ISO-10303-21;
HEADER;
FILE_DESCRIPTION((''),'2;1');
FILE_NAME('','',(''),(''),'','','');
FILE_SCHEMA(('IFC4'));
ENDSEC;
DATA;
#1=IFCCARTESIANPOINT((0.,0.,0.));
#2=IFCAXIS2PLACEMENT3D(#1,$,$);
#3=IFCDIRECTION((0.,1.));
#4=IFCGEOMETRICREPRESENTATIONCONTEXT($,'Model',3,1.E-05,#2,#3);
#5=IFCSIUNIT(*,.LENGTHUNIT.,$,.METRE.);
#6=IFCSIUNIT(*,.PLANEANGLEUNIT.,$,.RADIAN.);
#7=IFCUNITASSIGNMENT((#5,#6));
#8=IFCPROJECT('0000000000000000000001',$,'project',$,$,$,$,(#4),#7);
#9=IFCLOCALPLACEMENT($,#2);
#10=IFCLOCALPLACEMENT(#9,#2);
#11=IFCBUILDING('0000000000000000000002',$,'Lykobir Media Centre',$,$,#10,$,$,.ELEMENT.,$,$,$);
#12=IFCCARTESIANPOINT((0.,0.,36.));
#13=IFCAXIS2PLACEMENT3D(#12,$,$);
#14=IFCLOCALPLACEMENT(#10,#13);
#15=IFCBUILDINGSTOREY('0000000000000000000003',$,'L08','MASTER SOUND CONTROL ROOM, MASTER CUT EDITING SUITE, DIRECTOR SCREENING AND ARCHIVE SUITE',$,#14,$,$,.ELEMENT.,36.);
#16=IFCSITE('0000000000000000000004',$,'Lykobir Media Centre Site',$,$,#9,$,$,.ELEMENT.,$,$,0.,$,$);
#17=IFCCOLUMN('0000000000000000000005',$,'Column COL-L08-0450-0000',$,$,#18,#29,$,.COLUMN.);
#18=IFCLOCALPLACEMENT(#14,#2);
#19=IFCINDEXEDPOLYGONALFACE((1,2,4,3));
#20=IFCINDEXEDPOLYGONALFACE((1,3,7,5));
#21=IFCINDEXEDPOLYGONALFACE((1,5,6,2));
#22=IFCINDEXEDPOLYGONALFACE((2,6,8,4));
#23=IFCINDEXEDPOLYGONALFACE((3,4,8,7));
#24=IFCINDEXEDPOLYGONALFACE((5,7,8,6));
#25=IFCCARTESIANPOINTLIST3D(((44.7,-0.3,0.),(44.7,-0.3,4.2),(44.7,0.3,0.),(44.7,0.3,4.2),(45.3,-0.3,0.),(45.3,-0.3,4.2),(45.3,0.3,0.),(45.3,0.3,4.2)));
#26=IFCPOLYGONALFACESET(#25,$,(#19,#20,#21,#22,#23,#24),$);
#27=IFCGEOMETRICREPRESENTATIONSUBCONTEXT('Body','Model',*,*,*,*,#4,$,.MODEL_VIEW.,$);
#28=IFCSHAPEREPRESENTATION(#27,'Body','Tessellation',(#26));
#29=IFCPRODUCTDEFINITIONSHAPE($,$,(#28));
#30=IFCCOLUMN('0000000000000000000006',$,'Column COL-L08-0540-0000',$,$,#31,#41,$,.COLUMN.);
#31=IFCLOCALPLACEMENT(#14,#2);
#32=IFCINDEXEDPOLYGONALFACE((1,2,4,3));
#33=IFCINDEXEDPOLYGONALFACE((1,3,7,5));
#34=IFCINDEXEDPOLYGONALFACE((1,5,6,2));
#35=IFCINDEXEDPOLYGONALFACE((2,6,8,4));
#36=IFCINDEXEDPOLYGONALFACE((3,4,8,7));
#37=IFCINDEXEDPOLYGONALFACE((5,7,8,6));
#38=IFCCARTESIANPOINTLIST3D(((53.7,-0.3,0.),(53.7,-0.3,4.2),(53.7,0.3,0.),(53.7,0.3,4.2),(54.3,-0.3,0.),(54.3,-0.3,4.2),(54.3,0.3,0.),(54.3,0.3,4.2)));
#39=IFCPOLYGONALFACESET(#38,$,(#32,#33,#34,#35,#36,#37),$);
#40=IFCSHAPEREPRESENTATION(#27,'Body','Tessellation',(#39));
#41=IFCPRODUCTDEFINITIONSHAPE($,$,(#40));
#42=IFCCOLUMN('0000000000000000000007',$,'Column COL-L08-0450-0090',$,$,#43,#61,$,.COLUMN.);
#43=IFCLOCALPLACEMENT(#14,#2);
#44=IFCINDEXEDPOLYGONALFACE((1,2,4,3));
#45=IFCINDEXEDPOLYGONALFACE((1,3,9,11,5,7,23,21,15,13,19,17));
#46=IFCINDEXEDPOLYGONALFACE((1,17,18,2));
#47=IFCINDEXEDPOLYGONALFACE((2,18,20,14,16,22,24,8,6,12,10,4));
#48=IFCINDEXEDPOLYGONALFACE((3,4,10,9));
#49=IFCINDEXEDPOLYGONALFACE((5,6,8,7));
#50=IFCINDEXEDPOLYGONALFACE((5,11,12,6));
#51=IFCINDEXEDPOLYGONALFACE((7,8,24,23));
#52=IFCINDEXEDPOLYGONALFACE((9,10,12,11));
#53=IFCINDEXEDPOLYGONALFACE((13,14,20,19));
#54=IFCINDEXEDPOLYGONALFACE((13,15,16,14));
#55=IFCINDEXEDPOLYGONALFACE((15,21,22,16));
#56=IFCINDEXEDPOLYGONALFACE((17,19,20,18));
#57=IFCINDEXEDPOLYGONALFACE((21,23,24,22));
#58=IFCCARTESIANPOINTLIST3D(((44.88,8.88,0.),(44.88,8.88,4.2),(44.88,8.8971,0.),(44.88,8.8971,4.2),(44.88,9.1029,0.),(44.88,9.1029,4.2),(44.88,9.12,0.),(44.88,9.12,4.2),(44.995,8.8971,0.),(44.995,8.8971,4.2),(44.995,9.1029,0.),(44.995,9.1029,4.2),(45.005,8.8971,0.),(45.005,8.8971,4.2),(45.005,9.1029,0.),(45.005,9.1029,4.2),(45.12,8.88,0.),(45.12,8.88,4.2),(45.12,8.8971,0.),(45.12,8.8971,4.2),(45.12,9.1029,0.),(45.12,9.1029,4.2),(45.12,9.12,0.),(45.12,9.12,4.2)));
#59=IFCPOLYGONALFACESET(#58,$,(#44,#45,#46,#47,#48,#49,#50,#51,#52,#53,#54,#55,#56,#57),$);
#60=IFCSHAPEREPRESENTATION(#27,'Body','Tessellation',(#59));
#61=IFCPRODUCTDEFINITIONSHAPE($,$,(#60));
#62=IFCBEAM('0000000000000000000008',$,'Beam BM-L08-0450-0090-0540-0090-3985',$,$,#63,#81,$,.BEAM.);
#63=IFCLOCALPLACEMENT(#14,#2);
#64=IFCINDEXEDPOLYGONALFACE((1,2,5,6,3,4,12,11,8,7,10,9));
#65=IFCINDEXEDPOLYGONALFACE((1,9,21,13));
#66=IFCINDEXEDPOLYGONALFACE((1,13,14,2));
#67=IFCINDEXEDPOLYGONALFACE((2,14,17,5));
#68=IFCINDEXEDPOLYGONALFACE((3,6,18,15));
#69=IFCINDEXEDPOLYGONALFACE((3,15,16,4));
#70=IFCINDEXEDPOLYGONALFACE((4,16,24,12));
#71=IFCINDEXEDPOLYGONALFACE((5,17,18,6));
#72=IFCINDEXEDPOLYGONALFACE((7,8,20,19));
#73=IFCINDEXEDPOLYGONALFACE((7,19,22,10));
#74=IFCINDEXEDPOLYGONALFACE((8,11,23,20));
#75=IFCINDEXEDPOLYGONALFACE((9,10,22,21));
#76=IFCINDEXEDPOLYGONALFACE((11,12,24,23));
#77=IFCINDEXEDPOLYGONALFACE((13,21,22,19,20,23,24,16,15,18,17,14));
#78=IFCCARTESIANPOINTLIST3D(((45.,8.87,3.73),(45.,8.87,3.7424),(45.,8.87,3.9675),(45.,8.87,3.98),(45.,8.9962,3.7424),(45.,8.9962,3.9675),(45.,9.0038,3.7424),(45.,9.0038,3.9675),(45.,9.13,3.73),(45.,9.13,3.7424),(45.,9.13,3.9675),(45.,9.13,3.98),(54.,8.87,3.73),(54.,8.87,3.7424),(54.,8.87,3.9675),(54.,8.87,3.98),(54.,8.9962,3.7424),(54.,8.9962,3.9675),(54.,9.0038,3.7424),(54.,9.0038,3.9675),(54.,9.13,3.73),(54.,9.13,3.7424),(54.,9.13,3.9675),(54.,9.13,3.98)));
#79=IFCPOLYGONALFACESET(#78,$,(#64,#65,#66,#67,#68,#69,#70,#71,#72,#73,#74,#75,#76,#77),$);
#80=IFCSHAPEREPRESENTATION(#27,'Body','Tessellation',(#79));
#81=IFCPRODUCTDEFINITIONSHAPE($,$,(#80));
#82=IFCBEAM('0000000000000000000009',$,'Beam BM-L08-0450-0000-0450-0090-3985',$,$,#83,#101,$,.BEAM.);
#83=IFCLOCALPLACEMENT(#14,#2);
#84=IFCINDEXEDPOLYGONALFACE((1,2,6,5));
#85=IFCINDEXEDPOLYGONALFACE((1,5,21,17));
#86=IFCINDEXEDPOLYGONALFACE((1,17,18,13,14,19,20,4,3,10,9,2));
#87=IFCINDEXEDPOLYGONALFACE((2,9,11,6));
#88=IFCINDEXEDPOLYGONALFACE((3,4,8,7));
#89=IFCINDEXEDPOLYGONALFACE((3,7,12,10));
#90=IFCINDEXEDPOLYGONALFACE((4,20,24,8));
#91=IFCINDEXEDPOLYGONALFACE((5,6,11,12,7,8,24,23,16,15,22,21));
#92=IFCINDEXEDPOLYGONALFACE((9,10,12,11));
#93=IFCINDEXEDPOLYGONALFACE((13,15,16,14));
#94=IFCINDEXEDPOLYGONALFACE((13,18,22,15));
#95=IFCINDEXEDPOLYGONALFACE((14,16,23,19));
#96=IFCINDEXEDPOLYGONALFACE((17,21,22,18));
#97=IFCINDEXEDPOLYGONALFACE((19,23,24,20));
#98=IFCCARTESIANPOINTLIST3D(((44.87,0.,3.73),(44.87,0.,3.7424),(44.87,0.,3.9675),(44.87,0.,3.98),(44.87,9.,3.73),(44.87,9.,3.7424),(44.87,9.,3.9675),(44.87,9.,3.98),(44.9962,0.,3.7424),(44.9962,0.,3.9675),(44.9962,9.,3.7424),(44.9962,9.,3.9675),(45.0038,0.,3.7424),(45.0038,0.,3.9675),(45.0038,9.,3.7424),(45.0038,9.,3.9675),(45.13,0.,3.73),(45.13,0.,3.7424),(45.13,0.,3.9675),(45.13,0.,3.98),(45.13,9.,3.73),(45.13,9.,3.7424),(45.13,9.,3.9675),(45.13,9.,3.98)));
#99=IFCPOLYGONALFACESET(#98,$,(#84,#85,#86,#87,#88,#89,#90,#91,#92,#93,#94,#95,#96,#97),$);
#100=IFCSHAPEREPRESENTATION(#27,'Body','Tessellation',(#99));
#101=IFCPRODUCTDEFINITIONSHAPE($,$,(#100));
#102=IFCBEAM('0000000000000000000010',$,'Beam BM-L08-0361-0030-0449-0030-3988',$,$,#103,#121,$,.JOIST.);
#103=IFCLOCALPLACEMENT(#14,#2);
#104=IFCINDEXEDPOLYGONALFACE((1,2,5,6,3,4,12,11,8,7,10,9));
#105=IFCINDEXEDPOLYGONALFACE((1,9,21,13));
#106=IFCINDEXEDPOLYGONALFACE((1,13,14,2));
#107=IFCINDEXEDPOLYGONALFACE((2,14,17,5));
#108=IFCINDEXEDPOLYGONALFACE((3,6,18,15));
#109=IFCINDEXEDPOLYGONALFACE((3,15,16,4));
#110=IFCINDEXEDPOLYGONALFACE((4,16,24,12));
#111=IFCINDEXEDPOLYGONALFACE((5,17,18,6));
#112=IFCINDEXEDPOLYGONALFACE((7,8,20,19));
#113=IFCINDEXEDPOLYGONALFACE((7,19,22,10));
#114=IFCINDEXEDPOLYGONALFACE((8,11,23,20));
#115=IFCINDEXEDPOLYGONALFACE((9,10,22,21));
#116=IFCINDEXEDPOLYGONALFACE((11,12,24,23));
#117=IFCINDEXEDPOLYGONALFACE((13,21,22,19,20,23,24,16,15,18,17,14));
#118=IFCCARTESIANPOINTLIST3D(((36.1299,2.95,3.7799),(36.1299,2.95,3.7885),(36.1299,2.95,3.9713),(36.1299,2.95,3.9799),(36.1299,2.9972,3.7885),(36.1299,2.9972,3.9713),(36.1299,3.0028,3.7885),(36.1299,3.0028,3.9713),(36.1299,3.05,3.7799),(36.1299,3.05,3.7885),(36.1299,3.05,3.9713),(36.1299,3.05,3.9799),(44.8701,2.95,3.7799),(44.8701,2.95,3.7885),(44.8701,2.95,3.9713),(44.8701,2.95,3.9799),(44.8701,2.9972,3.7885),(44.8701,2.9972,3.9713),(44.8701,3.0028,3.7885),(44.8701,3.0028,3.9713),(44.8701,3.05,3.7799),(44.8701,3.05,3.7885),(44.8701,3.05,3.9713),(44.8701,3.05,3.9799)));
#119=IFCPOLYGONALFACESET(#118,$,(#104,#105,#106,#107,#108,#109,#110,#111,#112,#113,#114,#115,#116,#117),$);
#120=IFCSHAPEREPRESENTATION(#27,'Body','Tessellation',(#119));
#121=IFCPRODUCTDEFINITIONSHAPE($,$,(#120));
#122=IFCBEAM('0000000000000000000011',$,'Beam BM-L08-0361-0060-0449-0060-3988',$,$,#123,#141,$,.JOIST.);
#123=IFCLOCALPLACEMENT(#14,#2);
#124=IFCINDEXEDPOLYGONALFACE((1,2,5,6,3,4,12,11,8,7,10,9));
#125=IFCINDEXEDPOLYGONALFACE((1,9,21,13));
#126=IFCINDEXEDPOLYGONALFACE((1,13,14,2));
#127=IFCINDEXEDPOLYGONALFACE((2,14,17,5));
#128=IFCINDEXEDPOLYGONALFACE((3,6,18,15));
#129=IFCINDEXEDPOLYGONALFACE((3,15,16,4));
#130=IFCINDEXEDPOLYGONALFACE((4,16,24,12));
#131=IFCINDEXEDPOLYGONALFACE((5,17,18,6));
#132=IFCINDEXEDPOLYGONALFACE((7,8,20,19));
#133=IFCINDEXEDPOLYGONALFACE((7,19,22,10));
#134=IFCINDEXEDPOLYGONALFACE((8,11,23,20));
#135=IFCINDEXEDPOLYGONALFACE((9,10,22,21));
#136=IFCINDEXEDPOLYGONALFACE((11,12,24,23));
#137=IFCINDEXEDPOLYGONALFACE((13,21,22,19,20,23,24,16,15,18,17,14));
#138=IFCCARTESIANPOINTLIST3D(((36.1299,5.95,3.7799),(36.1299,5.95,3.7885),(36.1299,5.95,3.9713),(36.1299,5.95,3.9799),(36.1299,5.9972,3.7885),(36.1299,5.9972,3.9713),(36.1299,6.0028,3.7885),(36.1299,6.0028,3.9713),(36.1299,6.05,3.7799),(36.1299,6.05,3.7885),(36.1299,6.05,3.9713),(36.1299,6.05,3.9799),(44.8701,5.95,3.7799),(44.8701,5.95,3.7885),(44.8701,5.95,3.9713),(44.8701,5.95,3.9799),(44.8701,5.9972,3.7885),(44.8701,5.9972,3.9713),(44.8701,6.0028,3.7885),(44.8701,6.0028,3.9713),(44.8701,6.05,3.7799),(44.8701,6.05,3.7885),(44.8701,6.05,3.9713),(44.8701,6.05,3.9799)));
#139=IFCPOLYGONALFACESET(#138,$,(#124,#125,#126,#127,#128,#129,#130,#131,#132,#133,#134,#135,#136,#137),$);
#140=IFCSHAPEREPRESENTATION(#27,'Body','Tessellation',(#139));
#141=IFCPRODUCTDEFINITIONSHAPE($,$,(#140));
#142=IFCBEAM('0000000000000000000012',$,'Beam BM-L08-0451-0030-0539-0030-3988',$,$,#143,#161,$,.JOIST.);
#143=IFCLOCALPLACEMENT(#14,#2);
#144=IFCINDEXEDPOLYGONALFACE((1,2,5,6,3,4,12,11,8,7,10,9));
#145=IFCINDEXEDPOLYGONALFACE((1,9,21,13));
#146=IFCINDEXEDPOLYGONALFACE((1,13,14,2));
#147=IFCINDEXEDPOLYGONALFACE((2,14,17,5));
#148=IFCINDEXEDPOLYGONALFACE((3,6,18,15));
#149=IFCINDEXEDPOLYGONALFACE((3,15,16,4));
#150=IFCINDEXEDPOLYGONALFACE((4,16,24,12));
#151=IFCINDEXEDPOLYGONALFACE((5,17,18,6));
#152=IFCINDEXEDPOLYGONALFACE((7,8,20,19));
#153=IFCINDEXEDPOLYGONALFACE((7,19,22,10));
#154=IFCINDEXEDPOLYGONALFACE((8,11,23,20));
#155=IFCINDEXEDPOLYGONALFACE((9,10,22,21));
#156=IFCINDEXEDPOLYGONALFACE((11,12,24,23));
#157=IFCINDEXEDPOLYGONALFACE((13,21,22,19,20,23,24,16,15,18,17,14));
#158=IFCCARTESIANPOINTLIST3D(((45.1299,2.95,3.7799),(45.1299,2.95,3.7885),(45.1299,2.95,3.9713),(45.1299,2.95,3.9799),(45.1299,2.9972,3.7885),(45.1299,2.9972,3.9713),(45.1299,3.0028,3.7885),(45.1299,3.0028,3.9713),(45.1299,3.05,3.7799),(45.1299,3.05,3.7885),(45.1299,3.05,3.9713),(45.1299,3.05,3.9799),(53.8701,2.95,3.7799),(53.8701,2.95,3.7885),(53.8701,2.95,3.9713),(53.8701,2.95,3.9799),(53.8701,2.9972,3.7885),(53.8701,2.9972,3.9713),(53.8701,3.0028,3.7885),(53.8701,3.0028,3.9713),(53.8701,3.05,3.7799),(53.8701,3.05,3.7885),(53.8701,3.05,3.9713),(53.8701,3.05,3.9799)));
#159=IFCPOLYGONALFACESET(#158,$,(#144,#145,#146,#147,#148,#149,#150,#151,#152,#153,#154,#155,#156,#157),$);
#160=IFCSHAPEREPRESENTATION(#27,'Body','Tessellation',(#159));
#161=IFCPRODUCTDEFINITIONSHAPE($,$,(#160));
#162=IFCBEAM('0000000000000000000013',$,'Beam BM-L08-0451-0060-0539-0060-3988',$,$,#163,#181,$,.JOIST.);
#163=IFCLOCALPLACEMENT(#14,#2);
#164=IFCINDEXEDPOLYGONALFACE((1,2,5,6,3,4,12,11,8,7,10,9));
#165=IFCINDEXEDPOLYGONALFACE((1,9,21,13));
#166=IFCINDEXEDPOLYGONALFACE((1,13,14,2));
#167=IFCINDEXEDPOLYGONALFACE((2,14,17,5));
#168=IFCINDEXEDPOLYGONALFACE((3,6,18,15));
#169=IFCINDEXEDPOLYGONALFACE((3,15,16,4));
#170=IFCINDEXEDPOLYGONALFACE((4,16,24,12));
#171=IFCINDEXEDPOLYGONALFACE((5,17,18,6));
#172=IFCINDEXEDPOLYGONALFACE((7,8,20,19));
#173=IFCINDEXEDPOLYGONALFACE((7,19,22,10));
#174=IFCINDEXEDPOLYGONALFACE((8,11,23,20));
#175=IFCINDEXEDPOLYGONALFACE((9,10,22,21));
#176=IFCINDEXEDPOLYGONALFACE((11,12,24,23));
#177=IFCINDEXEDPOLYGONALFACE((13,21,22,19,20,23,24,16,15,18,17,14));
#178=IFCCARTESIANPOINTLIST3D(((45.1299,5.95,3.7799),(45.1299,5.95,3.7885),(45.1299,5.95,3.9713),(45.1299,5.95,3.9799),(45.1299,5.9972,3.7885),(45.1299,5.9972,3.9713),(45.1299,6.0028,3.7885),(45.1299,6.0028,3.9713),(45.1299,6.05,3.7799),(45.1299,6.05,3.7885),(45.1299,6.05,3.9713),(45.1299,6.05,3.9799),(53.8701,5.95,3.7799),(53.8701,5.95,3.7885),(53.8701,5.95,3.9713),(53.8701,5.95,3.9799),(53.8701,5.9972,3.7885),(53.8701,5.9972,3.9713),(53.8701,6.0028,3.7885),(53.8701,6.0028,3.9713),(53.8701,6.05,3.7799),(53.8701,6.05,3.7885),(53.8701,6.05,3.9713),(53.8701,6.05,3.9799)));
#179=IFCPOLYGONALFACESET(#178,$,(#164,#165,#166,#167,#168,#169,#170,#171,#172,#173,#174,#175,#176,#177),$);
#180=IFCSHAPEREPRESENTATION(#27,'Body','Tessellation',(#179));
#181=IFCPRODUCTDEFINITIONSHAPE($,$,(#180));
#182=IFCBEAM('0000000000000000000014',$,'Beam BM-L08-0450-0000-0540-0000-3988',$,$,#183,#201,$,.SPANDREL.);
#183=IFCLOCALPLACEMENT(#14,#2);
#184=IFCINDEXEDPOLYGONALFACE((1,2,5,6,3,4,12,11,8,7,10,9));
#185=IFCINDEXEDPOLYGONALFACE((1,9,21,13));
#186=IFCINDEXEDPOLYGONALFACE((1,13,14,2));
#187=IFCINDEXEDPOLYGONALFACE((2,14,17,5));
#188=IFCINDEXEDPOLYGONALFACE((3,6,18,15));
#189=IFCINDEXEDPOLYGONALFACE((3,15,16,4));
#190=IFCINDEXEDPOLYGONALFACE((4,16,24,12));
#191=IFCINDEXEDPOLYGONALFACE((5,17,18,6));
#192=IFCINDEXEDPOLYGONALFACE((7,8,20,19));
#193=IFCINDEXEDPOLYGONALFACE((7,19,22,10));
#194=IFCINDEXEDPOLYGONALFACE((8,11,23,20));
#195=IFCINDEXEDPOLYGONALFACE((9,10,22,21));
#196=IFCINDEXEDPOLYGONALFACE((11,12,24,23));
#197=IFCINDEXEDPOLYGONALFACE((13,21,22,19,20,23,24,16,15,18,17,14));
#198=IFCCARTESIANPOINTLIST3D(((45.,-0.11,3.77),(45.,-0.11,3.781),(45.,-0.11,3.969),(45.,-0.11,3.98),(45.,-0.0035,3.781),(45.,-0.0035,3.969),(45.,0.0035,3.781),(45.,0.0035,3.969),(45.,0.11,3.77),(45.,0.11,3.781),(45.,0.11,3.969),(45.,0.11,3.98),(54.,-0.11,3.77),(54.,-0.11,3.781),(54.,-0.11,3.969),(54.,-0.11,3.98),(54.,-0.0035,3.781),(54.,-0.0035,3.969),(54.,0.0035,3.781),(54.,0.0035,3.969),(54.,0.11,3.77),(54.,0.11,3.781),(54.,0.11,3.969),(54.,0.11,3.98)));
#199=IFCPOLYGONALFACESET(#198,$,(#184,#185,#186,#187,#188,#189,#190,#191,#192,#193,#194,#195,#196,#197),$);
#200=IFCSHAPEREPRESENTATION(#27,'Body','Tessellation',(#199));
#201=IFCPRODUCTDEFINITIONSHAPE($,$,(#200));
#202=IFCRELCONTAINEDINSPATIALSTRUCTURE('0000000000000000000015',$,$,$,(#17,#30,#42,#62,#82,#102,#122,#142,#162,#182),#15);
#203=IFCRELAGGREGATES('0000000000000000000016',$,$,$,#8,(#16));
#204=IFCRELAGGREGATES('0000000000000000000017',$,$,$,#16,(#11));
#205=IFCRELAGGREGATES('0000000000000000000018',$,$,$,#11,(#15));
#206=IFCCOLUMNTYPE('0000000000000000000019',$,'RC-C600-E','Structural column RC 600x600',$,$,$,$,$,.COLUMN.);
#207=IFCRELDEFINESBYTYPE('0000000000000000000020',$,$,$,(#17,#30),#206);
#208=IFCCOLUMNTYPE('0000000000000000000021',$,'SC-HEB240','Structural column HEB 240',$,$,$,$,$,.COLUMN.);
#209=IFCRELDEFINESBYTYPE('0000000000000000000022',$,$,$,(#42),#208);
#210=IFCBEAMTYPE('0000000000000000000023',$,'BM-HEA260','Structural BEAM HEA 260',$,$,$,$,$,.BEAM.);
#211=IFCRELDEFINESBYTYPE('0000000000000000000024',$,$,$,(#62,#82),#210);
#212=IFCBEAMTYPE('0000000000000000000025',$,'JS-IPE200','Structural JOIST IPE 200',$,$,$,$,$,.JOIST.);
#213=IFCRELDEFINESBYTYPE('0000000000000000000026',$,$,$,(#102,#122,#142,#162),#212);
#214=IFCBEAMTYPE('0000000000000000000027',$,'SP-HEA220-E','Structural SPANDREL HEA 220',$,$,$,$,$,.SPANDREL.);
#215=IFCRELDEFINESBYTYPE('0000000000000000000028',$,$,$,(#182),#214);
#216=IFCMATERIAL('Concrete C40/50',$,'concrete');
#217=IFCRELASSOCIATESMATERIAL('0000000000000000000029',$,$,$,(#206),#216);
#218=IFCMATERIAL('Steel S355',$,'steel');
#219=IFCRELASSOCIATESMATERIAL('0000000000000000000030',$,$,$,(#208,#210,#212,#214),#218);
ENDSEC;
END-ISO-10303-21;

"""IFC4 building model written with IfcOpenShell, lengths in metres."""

from ifc_helpers import new_model, si_unit, direction, frame, origin, origin_2d, place, context, subcontext, project, spatial, rectangle, i_section, extrude, material, material_profile, profile_set, type_object, element, save


model = new_model("IFC4")

# Units and contexts
model_context = context("Model", 3, precision=1e-05, world=origin(), true_north=direction((0.0, 1.0)))
body_context = subcontext(model_context, "Body", "Model", "MODEL_VIEW")
ifc_project = project(units=[si_unit("LENGTHUNIT", "METRE"), si_unit("PLANEANGLEUNIT", "RADIAN")], contexts=[model_context])

# Site, building, storey
site_placement = place(None, origin())
site = spatial("IfcSite", under=ifc_project, at=site_placement, Name="Lykobir Media Centre Site", CompositionType="ELEMENT", RefElevation=0.0)
building_placement = place(site_placement, origin())
building = spatial("IfcBuilding", under=site, at=building_placement, Name="Lykobir Media Centre", CompositionType="ELEMENT")
storey_placement = place(building_placement, frame((0.0, 0.0, 36.0)))
storey = spatial("IfcBuildingStorey", under=building, at=storey_placement, Name="L08", Description="MASTER SOUND CONTROL ROOM, MASTER CUT EDITING SUITE, DIRECTOR SCREENING AND ARCHIVE SUITE", CompositionType="ELEMENT", Elevation=36.0)

# Columns
ifc_material_1 = material(Name="Concrete C40/50", Category="concrete")
ifc_material_profile_1 = material_profile(ifc_material_1, rectangle(XDim=0.6001, YDim=0.6001, at=origin_2d()), Name="RC 600x600")
ifc_profile_set_1 = profile_set([ifc_material_profile_1], Name="Concrete C40/50")
column_type_1 = type_object("IfcColumnType", Name="RC-C600-E", Description="Structural column RC 600x600", PredefinedType="COLUMN", material=ifc_profile_set_1)
for number, where, z_axis, x_axis, name in (
    (1, (45.0, 0.0, 0.0), (0.0, 0.0, 1.0), (1.0, 0.0, 0.0), "Column COL-L08-0450-0000"),
    (2, (54.0, 0.0, 0.0), (0.0, 0.0, 1.0), (1.0, 0.0, 0.0), "Column COL-L08-0540-0000"),
):
    element("IfcColumn", number, at=place(storey_placement, frame(where, z_axis=z_axis, x_axis=x_axis)), inside=storey, type_object=column_type_1, Name=name, PredefinedType="COLUMN", context=body_context, shape_type="SweptSolid", body=[
        extrude(rectangle(XDim=0.6001, YDim=0.6001, at=origin_2d()), origin(), (0.0, 0.0, 1.0), 4.2),
    ])
ifc_material_2 = material(Name="Steel S355", Category="steel")
ifc_material_profile_2 = material_profile(ifc_material_2, i_section(OverallWidth=0.24, OverallDepth=0.24, WebThickness=0.01, FlangeThickness=0.0171, at=origin_2d()), Name="HEB 240")
ifc_profile_set_2 = profile_set([ifc_material_profile_2], Name="Steel S355")
column_type_2 = type_object("IfcColumnType", Name="SC-HEB240", Description="Structural column HEB 240", PredefinedType="COLUMN", material=ifc_profile_set_2)
column_placement = place(storey_placement, frame((45.0, 9.0, 0.0), z_axis=(0.0, 0.0, 1.0), x_axis=(1.0, 0.0, 0.0)))
element("IfcColumn", 3, at=column_placement, inside=storey, type_object=column_type_2, Name="Column COL-L08-0450-0090", PredefinedType="COLUMN", context=body_context, shape_type="SweptSolid", body=[
    extrude(i_section(OverallWidth=0.24, OverallDepth=0.24, WebThickness=0.01, FlangeThickness=0.0171, at=origin_2d()), origin(), (0.0, 0.0, 1.0), 4.2),
])

# Beams
ifc_material_profile_3 = material_profile(ifc_material_2, i_section(OverallWidth=0.26, OverallDepth=0.25, WebThickness=0.0076, FlangeThickness=0.0125, at=origin_2d()), Name="HEA 260")
ifc_profile_set_3 = profile_set([ifc_material_profile_3], Name="Steel S355")
beam_type_1 = type_object("IfcBeamType", Name="BM-HEA260", Description="Structural BEAM HEA 260", PredefinedType="BEAM", material=ifc_profile_set_3)
for number, where, z_axis, x_axis, name in (
    (4, (45.0, 9.0, 3.855), (1.0, 0.0, 0.0), (0.0, 1.0, 0.0), "Beam BM-L08-0450-0090-0540-0090-3985"),
    (5, (45.0, 0.0, 3.855), (0.0, 1.0, 0.0), (-1.0, 0.0, 0.0), "Beam BM-L08-0450-0000-0450-0090-3985"),
):
    element("IfcBeam", number, at=place(storey_placement, frame(where, z_axis=z_axis, x_axis=x_axis)), inside=storey, type_object=beam_type_1, Name=name, PredefinedType="BEAM", context=body_context, shape_type="SweptSolid", body=[
        extrude(i_section(OverallWidth=0.26, OverallDepth=0.25, WebThickness=0.0076, FlangeThickness=0.0125, at=origin_2d()), origin(), (0.0, 0.0, 1.0), 9.0),
    ])
ifc_material_profile_4 = material_profile(ifc_material_2, i_section(OverallWidth=0.1001, OverallDepth=0.2, WebThickness=0.0056, FlangeThickness=0.0085, at=origin_2d()), Name="IPE 200")
ifc_profile_set_4 = profile_set([ifc_material_profile_4], Name="Steel S355")
beam_type_2 = type_object("IfcBeamType", Name="JS-IPE200", Description="Structural JOIST IPE 200", PredefinedType="JOIST", material=ifc_profile_set_4)
for number, where, z_axis, x_axis, name in (
    (6, (36.1299, 3.0, 3.8799), (1.0, 0.0, 0.0), (0.0, 1.0, 0.0), "Beam BM-L08-0361-0030-0449-0030-3988"),
    (7, (36.1299, 6.0, 3.8799), (1.0, 0.0, 0.0), (0.0, 1.0, 0.0), "Beam BM-L08-0361-0060-0449-0060-3988"),
    (8, (45.1299, 3.0, 3.8799), (1.0, 0.0, 0.0), (0.0, 1.0, 0.0), "Beam BM-L08-0451-0030-0539-0030-3988"),
    (9, (45.1299, 6.0, 3.8799), (1.0, 0.0, 0.0), (0.0, 1.0, 0.0), "Beam BM-L08-0451-0060-0539-0060-3988"),
):
    element("IfcBeam", number, at=place(storey_placement, frame(where, z_axis=z_axis, x_axis=x_axis)), inside=storey, type_object=beam_type_2, Name=name, PredefinedType="JOIST", context=body_context, shape_type="SweptSolid", body=[
        extrude(i_section(OverallWidth=0.1001, OverallDepth=0.2, WebThickness=0.0056, FlangeThickness=0.0085, at=origin_2d()), origin(), (0.0, 0.0, 1.0), 8.7402),
    ])
ifc_material_profile_5 = material_profile(ifc_material_2, i_section(OverallWidth=0.22, OverallDepth=0.21, WebThickness=0.0071, FlangeThickness=0.011, at=origin_2d()), Name="HEA 220")
ifc_profile_set_5 = profile_set([ifc_material_profile_5], Name="Steel S355")
beam_type_3 = type_object("IfcBeamType", Name="SP-HEA220-E", Description="Structural SPANDREL HEA 220", PredefinedType="SPANDREL", material=ifc_profile_set_5)
for number, where, z_axis, x_axis, name in (
    (10, (45.0, 0.0, 3.875), (1.0, 0.0, 0.0), (0.0, 1.0, 0.0), "Beam BM-L08-0450-0000-0540-0000-3988"),
):
    element("IfcBeam", number, at=place(storey_placement, frame(where, z_axis=z_axis, x_axis=x_axis)), inside=storey, type_object=beam_type_3, Name=name, PredefinedType="SPANDREL", context=body_context, shape_type="SweptSolid", body=[
        extrude(i_section(OverallWidth=0.22, OverallDepth=0.21, WebThickness=0.0071, FlangeThickness=0.011, at=origin_2d()), origin(), (0.0, 0.0, 1.0), 9.0),
    ])

save(model, "model.ifc")
